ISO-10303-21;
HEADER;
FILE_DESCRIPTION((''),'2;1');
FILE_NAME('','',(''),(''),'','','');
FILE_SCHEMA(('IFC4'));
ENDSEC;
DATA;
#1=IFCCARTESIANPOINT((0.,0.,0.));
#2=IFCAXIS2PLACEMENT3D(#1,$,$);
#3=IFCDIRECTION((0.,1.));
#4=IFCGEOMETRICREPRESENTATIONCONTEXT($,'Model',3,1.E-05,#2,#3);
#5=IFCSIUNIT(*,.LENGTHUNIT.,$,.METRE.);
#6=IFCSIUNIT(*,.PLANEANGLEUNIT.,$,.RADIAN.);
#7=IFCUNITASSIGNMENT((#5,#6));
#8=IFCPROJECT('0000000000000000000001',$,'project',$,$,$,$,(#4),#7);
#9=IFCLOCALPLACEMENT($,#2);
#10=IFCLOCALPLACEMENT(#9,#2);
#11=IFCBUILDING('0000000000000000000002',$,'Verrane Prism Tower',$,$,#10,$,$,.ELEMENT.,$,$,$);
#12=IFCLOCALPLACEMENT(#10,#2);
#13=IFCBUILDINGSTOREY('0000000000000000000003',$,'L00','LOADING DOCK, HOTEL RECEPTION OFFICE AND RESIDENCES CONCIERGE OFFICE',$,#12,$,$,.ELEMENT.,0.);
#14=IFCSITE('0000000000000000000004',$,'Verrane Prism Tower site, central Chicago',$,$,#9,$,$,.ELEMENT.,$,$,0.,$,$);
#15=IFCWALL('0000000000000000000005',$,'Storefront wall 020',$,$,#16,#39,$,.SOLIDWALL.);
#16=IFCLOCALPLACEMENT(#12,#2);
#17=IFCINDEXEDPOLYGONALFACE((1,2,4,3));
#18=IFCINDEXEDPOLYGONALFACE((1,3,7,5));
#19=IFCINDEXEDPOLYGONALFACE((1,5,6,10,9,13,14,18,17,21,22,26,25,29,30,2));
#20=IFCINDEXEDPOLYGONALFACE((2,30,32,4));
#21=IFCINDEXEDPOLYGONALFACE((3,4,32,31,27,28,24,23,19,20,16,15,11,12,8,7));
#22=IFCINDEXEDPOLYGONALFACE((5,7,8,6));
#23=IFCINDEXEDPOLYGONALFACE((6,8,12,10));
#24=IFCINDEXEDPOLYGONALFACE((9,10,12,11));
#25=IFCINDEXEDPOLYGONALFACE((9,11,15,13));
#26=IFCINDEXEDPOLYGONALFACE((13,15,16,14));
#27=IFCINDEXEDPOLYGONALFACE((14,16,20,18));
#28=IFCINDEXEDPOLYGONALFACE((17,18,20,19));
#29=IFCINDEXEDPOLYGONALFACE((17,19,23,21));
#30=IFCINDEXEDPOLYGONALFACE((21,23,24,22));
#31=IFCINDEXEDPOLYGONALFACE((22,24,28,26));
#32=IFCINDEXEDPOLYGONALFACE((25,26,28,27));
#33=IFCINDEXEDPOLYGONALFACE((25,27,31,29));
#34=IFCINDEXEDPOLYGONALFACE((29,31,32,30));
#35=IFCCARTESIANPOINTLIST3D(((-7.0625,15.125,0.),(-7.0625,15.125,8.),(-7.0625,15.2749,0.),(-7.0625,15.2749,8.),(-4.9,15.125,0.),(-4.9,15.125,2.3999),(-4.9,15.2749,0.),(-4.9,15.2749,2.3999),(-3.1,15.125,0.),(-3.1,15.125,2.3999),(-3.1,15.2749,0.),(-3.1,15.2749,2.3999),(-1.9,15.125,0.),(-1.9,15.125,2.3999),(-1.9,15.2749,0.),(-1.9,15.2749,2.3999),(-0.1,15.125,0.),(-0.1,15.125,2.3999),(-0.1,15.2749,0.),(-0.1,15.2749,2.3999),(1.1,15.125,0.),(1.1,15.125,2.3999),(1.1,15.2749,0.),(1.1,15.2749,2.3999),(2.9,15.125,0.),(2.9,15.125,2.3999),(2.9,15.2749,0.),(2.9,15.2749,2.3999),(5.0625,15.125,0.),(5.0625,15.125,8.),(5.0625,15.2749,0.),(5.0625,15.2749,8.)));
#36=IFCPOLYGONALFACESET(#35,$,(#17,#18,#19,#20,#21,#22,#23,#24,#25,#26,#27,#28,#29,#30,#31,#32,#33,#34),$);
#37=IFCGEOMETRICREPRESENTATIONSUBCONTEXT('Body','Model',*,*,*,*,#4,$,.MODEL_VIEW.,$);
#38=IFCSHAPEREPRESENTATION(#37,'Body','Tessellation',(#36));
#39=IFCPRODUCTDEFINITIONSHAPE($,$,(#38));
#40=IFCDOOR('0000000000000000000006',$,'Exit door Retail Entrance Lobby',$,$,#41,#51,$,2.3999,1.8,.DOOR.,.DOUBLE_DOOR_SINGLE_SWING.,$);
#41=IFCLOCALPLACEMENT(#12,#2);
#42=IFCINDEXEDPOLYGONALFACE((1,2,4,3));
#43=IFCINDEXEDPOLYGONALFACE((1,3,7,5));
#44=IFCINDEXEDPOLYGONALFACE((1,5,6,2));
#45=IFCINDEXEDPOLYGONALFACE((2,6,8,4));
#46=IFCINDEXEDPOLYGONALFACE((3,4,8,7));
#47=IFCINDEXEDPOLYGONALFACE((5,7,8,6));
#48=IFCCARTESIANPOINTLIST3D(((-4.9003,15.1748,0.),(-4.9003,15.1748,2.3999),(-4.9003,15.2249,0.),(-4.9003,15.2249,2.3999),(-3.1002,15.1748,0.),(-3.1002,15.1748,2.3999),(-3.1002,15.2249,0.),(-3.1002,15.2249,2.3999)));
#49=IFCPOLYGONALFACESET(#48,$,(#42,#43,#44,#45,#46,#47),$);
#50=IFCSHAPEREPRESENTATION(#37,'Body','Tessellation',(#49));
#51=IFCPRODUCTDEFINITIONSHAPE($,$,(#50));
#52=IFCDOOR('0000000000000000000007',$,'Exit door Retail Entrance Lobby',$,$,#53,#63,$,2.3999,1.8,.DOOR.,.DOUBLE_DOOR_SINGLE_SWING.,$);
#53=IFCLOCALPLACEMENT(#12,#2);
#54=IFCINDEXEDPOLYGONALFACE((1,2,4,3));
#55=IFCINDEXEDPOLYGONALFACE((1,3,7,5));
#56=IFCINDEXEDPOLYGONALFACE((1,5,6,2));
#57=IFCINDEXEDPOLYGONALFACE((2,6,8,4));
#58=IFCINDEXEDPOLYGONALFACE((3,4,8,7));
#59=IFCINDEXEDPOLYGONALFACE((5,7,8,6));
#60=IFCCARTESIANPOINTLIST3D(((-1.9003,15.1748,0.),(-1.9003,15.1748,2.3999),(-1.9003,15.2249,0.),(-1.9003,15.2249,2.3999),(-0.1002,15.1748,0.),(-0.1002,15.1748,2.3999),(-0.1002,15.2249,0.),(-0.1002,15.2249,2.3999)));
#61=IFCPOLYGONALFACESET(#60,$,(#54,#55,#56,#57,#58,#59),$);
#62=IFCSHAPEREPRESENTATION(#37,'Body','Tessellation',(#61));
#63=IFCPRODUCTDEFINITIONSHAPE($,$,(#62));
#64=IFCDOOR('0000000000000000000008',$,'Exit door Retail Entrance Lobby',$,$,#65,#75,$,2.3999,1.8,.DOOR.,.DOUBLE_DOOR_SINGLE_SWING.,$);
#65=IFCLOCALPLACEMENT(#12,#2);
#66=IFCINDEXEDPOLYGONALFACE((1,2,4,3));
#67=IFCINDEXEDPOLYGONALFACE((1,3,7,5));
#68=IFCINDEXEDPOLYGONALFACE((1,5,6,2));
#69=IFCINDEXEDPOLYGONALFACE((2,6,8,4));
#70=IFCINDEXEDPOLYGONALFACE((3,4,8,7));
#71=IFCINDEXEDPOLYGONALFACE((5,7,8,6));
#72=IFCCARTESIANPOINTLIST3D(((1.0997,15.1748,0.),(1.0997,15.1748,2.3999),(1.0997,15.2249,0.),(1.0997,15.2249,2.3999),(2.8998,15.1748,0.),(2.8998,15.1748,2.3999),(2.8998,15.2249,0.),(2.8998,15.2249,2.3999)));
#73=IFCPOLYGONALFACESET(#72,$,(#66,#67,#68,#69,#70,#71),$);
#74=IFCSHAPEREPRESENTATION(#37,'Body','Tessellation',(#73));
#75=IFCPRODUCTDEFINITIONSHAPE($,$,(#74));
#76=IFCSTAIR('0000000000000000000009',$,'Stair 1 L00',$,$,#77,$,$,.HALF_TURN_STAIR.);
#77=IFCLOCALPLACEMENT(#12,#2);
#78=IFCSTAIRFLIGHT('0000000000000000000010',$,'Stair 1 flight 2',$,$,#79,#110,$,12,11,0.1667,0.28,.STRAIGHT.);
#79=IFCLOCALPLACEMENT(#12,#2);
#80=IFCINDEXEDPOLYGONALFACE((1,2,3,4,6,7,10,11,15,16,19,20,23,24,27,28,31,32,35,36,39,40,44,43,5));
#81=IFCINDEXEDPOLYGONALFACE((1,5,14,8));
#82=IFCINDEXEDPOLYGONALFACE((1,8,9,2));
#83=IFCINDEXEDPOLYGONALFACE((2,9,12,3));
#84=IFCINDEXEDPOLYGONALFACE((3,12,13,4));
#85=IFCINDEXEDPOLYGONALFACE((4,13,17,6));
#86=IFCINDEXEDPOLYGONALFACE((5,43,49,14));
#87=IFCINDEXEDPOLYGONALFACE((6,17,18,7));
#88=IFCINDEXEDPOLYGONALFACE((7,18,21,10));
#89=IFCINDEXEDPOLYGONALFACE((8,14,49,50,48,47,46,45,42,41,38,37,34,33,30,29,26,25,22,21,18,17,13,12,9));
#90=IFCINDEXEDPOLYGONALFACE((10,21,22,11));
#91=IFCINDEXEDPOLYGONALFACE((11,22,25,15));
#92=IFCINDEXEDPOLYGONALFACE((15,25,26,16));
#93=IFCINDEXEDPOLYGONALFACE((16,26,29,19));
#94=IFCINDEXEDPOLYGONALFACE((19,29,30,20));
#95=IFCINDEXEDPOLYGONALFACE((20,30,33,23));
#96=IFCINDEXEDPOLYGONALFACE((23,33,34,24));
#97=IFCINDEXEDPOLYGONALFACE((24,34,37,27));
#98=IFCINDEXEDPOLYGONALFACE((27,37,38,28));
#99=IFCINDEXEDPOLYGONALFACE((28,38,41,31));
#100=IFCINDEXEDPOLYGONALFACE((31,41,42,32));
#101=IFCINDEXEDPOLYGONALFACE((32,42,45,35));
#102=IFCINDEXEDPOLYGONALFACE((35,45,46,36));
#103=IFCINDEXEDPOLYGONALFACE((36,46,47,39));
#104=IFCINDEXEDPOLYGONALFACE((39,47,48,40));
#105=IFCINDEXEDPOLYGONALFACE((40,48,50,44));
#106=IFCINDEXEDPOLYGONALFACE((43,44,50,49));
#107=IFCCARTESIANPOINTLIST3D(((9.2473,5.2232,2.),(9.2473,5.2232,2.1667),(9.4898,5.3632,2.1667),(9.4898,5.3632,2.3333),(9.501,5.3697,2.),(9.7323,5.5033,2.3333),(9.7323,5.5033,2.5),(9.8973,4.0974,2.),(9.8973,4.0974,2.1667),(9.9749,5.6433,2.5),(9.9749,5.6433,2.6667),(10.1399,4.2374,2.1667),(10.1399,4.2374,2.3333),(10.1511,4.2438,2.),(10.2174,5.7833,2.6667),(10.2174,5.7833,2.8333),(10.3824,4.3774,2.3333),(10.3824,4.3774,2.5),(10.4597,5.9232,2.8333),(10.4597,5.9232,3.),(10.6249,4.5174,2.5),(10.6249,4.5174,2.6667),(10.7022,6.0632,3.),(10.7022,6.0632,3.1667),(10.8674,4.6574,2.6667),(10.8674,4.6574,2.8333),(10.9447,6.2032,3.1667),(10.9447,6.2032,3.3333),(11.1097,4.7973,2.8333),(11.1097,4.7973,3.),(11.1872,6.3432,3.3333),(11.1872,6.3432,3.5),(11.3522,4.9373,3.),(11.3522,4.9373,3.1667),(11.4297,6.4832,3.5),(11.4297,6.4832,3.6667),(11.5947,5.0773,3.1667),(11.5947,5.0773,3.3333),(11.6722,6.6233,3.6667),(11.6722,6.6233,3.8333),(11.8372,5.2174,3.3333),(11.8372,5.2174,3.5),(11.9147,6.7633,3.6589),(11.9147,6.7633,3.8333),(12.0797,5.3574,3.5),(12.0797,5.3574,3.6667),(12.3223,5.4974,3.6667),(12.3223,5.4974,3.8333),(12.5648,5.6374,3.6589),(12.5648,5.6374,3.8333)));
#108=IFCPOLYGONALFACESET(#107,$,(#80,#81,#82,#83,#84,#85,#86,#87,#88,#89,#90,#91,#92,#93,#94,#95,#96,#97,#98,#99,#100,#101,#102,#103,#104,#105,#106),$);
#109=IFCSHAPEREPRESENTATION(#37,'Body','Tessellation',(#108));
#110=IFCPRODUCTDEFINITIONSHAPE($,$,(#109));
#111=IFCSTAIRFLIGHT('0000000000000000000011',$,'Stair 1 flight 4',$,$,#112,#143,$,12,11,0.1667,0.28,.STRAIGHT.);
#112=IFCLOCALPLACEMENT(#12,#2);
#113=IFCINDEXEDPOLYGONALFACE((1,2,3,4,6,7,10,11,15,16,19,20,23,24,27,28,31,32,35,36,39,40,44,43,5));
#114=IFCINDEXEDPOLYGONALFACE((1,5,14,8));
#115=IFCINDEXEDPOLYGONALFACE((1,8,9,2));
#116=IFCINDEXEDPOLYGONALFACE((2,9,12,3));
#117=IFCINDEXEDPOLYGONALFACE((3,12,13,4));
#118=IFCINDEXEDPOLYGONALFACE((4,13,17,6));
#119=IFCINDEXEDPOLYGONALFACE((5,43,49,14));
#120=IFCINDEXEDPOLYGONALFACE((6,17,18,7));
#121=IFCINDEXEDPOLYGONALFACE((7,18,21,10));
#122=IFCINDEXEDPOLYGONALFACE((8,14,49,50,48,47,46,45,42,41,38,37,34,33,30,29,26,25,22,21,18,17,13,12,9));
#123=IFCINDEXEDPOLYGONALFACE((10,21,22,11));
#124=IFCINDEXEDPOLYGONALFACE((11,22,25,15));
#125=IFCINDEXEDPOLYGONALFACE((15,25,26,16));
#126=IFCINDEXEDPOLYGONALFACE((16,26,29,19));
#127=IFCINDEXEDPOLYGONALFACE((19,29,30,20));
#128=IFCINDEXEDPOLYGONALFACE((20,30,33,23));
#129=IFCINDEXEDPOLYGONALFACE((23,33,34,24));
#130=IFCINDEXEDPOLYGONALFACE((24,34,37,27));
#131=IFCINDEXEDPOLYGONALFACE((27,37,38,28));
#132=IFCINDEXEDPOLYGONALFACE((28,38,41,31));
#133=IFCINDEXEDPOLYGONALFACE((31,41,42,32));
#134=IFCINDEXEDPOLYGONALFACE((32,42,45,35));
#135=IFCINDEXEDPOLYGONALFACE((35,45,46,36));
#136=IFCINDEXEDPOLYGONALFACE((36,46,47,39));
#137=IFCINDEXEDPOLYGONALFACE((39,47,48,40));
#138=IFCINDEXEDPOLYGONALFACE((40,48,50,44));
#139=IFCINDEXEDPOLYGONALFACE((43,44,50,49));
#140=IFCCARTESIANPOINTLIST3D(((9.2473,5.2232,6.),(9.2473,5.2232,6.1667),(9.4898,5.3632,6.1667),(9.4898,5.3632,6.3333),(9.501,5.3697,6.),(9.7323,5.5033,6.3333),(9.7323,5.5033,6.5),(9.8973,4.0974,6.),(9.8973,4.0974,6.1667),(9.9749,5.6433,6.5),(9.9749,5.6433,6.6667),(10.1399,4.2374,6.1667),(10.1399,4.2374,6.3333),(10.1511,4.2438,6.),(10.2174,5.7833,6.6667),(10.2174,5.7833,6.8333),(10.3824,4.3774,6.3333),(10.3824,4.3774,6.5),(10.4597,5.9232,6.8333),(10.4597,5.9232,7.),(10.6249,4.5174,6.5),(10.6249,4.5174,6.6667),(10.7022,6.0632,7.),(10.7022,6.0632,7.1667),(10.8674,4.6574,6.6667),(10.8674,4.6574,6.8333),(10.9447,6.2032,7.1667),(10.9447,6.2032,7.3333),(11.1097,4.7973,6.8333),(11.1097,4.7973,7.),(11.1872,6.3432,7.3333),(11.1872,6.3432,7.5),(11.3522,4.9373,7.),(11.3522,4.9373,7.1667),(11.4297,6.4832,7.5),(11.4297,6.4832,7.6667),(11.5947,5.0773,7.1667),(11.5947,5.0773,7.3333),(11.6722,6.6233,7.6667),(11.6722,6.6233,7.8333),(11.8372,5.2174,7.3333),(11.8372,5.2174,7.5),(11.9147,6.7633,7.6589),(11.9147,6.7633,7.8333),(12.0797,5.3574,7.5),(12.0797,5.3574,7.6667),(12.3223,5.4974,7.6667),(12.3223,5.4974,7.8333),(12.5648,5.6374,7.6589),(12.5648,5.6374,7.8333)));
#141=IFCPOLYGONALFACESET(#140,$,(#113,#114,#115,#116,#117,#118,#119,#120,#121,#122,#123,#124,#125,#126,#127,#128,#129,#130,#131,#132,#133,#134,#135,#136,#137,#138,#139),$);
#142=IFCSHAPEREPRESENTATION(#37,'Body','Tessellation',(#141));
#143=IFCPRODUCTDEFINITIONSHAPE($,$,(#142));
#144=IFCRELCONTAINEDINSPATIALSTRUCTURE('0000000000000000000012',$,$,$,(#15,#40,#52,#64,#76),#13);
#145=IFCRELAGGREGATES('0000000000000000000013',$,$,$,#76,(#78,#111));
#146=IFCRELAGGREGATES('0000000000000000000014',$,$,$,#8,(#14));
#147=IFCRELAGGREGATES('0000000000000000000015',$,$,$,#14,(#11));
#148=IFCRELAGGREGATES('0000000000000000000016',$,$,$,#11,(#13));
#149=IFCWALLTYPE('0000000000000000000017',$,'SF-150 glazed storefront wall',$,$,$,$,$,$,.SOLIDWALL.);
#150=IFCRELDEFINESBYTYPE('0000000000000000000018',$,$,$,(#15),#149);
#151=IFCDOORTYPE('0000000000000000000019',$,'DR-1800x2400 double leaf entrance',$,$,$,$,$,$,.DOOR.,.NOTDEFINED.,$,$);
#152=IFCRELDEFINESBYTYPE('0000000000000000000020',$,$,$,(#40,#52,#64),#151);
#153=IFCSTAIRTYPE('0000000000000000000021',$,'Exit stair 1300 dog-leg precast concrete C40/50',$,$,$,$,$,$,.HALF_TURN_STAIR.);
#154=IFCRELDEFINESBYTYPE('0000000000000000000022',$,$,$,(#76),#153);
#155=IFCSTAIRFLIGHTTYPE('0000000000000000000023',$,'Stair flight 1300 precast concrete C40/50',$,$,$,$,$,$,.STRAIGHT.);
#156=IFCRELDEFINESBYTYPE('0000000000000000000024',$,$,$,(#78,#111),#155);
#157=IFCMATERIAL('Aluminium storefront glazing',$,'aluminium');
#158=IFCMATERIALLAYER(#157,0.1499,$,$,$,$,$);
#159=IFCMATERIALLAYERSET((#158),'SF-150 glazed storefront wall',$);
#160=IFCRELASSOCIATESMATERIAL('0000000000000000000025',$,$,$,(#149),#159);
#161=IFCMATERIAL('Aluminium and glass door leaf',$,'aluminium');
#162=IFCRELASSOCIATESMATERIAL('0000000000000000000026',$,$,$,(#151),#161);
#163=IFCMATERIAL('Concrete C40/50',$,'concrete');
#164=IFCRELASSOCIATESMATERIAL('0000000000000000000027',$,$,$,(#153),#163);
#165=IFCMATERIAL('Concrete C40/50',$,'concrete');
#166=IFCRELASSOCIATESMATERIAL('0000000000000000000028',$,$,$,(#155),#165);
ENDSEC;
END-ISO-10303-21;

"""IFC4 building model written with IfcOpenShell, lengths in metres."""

from ifc_helpers import new_model, si_unit, direction, frame, frame_2d, origin, place, context, subcontext, project, spatial, polyline, rectangle, outline, extrude, material, layer, layer_set, type_object, element, fill, aggregate, save


model = new_model("IFC4")

# Units and contexts
model_context = context("Model", 3, precision=1e-05, world=origin(), true_north=direction((0.0, 1.0)))
body_context = subcontext(model_context, "Body", "Model", "MODEL_VIEW")
ifc_project = project(units=[si_unit("LENGTHUNIT", "METRE"), si_unit("PLANEANGLEUNIT", "RADIAN")], contexts=[model_context])

# Site, building, storey
site_placement = place(None, origin())
site = spatial("IfcSite", under=ifc_project, at=site_placement, Name="Verrane Prism Tower site, central Chicago", CompositionType="ELEMENT", RefElevation=0.0)
building_placement = place(site_placement, origin())
building = spatial("IfcBuilding", under=site, at=building_placement, Name="Verrane Prism Tower", CompositionType="ELEMENT")
storey_placement = place(building_placement, origin())
storey = spatial("IfcBuildingStorey", under=building, at=storey_placement, Name="L00", Description="LOADING DOCK, HOTEL RECEPTION OFFICE AND RESIDENCES CONCIERGE OFFICE", CompositionType="ELEMENT", Elevation=0.0)

# Wall, openings, doors
ifc_material_1 = material(Name="Aluminium storefront glazing", Category="aluminium")
ifc_layer_1 = layer(ifc_material_1, 0.1499)
ifc_layer_set_1 = layer_set([ifc_layer_1], Name="SF-150 glazed storefront wall")
wall_type_1 = type_object("IfcWallType", Name="SF-150 glazed storefront wall", PredefinedType="SOLIDWALL", material=ifc_layer_set_1)
wall_1_placement = place(storey_placement, frame((5.0625, 15.2, 0.0), z_axis=(0.0, 0.0, 1.0), x_axis=(-1.0, 0.0, 0.0)))
wall_1 = element("IfcWall", 1, at=wall_1_placement, inside=storey, type_object=wall_type_1, Name="Storefront wall 020", PredefinedType="SOLIDWALL", context=body_context, shape_type="SweptSolid", body=[
    extrude(rectangle(XDim=12.125, YDim=0.1499, at=frame_2d((6.0625, 0.0))), origin(), (0.0, 0.0, 1.0), 8.0),
])
opening_1_placement = place(wall_1_placement, frame((8.1626, 0.0, 0.0)))
opening_1 = element("IfcOpeningElement", 2, at=opening_1_placement, cuts=wall_1, PredefinedType="OPENING", context=body_context, shape_type="SweptSolid", body=[
    extrude(rectangle(XDim=1.8, YDim=2.3999, at=frame_2d((0.8999, 1.2))), frame((0.0, 0.085, 0.0), z_axis=(0.0, -1.0, 0.0), x_axis=(1.0, 0.0, 0.0)), (0.0, 0.0, 1.0), 0.1699),
])
opening_2_placement = place(wall_1_placement, frame((5.1626, 0.0, 0.0)))
opening_2 = element("IfcOpeningElement", 3, at=opening_2_placement, cuts=wall_1, PredefinedType="OPENING", context=body_context, shape_type="SweptSolid", body=[
    extrude(rectangle(XDim=1.8, YDim=2.3999, at=frame_2d((0.8999, 1.2))), frame((0.0, 0.085, 0.0), z_axis=(0.0, -1.0, 0.0), x_axis=(1.0, 0.0, 0.0)), (0.0, 0.0, 1.0), 0.1699),
])
opening_3_placement = place(wall_1_placement, frame((2.1626, 0.0, 0.0)))
opening_3 = element("IfcOpeningElement", 4, at=opening_3_placement, cuts=wall_1, PredefinedType="OPENING", context=body_context, shape_type="SweptSolid", body=[
    extrude(rectangle(XDim=1.8, YDim=2.3999, at=frame_2d((0.8999, 1.2))), frame((0.0, 0.085, 0.0), z_axis=(0.0, -1.0, 0.0), x_axis=(1.0, 0.0, 0.0)), (0.0, 0.0, 1.0), 0.1699),
])
ifc_material_2 = material(Name="Aluminium and glass door leaf", Category="aluminium")
door_type_1 = type_object("IfcDoorType", Name="DR-1800x2400 double leaf entrance", OperationType="NOTDEFINED", PredefinedType="DOOR", material=ifc_material_2)
door_1_placement = place(opening_1_placement, frame((1.8, 0.0, 0.0), z_axis=(0.0, 0.0, 1.0), x_axis=(-1.0, 0.0, 0.0)))
door_1 = element("IfcDoor", 5, at=door_1_placement, inside=storey, type_object=door_type_1, Name="Exit door Retail Entrance Lobby", OperationType="DOUBLE_DOOR_SINGLE_SWING", OverallHeight=2.3999, OverallWidth=1.8, PredefinedType="DOOR", context=body_context, shape_type="SweptSolid", body=[
    extrude(rectangle(XDim=1.8, YDim=2.3999, at=frame_2d((0.8999, 1.2))), frame((0.0, 0.0249, 0.0), z_axis=(0.0, -1.0, 0.0), x_axis=(1.0, 0.0, 0.0)), (0.0, 0.0, 1.0), 0.05),
])
fill(opening_1, door_1)
door_2_placement = place(opening_2_placement, frame((1.8, 0.0, 0.0), z_axis=(0.0, 0.0, 1.0), x_axis=(-1.0, 0.0, 0.0)))
door_2 = element("IfcDoor", 6, at=door_2_placement, inside=storey, type_object=door_type_1, Name="Exit door Retail Entrance Lobby", OperationType="DOUBLE_DOOR_SINGLE_SWING", OverallHeight=2.3999, OverallWidth=1.8, PredefinedType="DOOR", context=body_context, shape_type="SweptSolid", body=[
    extrude(rectangle(XDim=1.8, YDim=2.3999, at=frame_2d((0.8999, 1.2))), frame((0.0, 0.0249, 0.0), z_axis=(0.0, -1.0, 0.0), x_axis=(1.0, 0.0, 0.0)), (0.0, 0.0, 1.0), 0.05),
])
fill(opening_2, door_2)
door_3_placement = place(opening_3_placement, frame((1.8, 0.0, 0.0), z_axis=(0.0, 0.0, 1.0), x_axis=(-1.0, 0.0, 0.0)))
door_3 = element("IfcDoor", 7, at=door_3_placement, inside=storey, type_object=door_type_1, Name="Exit door Retail Entrance Lobby", OperationType="DOUBLE_DOOR_SINGLE_SWING", OverallHeight=2.3999, OverallWidth=1.8, PredefinedType="DOOR", context=body_context, shape_type="SweptSolid", body=[
    extrude(rectangle(XDim=1.8, YDim=2.3999, at=frame_2d((0.8999, 1.2))), frame((0.0, 0.0249, 0.0), z_axis=(0.0, -1.0, 0.0), x_axis=(1.0, 0.0, 0.0)), (0.0, 0.0, 1.0), 0.05),
])
fill(opening_3, door_3)

# Stair, stair flights
ifc_material_3 = material(Name="Concrete C40/50", Category="concrete")
stair_type = type_object("IfcStairType", Name="Exit stair 1300 dog-leg precast concrete C40/50", PredefinedType="HALF_TURN_STAIR", material=ifc_material_3)
stair_placement = place(storey_placement, origin())
stair = element("IfcStair", 8, at=stair_placement, inside=storey, type_object=stair_type, Name="Stair 1 L00", PredefinedType="HALF_TURN_STAIR")
ifc_material_4 = material(Name="Concrete C40/50", Category="concrete")
stair_flight_type = type_object("IfcStairFlightType", Name="Stair flight 1300 precast concrete C40/50", PredefinedType="STRAIGHT", material=ifc_material_4)
stair_flight_1_placement = place(storey_placement, frame((9.5723, 4.6604, 2.0), z_axis=(0.0, 0.0, 1.0), x_axis=(0.866025, 0.5, 0.0)))
stair_flight_1 = element("IfcStairFlight", 9, at=stair_flight_1_placement, type_object=stair_flight_type, Name="Stair 1 flight 2", NumberOfRisers=12, NumberOfTreads=11, PredefinedType="STRAIGHT", RiserHeight=0.1667, TreadLength=0.28, context=body_context, shape_type="SweptSolid", body=[
    extrude(outline(polyline([(0.0, 0.0), (0.0, 0.1667), (0.28, 0.1667), (0.28, 0.3333), (0.5601, 0.3333), (0.5601, 0.5), (0.8401, 0.5), (0.8401, 0.6667), (1.1201, 0.6667), (1.1201, 0.8333), (1.3999, 0.8333), (1.3999, 1.0), (1.6799, 1.0), (1.6799, 1.1667), (1.96, 1.1667), (1.96, 1.3333), (2.24, 1.3333), (2.24, 1.5), (2.52, 1.5), (2.52, 1.6667), (2.8, 1.6667), (2.8, 1.8333), (3.0801, 1.8333), (3.0801, 2.0), (3.0801, 1.6589), (0.293, 0.0), (0.0, 0.0)])), frame((0.0, 0.6499, 0.0), z_axis=(0.0, -1.0, 0.0), x_axis=(1.0, 0.0, 0.0)), (0.0, 0.0, 1.0), 1.3),
])
stair_flight_2_placement = place(storey_placement, frame((9.5723, 4.6604, 6.0), z_axis=(0.0, 0.0, 1.0), x_axis=(0.866025, 0.5, 0.0)))
stair_flight_2 = element("IfcStairFlight", 10, at=stair_flight_2_placement, type_object=stair_flight_type, Name="Stair 1 flight 4", NumberOfRisers=12, NumberOfTreads=11, PredefinedType="STRAIGHT", RiserHeight=0.1667, TreadLength=0.28, context=body_context, shape_type="SweptSolid", body=[
    extrude(outline(polyline([(0.0, 0.0), (0.0, 0.1667), (0.28, 0.1667), (0.28, 0.3333), (0.5601, 0.3333), (0.5601, 0.5), (0.8401, 0.5), (0.8401, 0.6667), (1.1201, 0.6667), (1.1201, 0.8333), (1.3999, 0.8333), (1.3999, 1.0), (1.6799, 1.0), (1.6799, 1.1667), (1.96, 1.1667), (1.96, 1.3333), (2.24, 1.3333), (2.24, 1.5), (2.52, 1.5), (2.52, 1.6667), (2.8, 1.6667), (2.8, 1.8333), (3.0801, 1.8333), (3.0801, 2.0), (3.0801, 1.6589), (0.293, 0.0), (0.0, 0.0)])), frame((0.0, 0.6499, 0.0), z_axis=(0.0, -1.0, 0.0), x_axis=(1.0, 0.0, 0.0)), (0.0, 0.0, 1.0), 1.3),
])
aggregate(stair, [stair_flight_1, stair_flight_2])

save(model, "model.ifc")
